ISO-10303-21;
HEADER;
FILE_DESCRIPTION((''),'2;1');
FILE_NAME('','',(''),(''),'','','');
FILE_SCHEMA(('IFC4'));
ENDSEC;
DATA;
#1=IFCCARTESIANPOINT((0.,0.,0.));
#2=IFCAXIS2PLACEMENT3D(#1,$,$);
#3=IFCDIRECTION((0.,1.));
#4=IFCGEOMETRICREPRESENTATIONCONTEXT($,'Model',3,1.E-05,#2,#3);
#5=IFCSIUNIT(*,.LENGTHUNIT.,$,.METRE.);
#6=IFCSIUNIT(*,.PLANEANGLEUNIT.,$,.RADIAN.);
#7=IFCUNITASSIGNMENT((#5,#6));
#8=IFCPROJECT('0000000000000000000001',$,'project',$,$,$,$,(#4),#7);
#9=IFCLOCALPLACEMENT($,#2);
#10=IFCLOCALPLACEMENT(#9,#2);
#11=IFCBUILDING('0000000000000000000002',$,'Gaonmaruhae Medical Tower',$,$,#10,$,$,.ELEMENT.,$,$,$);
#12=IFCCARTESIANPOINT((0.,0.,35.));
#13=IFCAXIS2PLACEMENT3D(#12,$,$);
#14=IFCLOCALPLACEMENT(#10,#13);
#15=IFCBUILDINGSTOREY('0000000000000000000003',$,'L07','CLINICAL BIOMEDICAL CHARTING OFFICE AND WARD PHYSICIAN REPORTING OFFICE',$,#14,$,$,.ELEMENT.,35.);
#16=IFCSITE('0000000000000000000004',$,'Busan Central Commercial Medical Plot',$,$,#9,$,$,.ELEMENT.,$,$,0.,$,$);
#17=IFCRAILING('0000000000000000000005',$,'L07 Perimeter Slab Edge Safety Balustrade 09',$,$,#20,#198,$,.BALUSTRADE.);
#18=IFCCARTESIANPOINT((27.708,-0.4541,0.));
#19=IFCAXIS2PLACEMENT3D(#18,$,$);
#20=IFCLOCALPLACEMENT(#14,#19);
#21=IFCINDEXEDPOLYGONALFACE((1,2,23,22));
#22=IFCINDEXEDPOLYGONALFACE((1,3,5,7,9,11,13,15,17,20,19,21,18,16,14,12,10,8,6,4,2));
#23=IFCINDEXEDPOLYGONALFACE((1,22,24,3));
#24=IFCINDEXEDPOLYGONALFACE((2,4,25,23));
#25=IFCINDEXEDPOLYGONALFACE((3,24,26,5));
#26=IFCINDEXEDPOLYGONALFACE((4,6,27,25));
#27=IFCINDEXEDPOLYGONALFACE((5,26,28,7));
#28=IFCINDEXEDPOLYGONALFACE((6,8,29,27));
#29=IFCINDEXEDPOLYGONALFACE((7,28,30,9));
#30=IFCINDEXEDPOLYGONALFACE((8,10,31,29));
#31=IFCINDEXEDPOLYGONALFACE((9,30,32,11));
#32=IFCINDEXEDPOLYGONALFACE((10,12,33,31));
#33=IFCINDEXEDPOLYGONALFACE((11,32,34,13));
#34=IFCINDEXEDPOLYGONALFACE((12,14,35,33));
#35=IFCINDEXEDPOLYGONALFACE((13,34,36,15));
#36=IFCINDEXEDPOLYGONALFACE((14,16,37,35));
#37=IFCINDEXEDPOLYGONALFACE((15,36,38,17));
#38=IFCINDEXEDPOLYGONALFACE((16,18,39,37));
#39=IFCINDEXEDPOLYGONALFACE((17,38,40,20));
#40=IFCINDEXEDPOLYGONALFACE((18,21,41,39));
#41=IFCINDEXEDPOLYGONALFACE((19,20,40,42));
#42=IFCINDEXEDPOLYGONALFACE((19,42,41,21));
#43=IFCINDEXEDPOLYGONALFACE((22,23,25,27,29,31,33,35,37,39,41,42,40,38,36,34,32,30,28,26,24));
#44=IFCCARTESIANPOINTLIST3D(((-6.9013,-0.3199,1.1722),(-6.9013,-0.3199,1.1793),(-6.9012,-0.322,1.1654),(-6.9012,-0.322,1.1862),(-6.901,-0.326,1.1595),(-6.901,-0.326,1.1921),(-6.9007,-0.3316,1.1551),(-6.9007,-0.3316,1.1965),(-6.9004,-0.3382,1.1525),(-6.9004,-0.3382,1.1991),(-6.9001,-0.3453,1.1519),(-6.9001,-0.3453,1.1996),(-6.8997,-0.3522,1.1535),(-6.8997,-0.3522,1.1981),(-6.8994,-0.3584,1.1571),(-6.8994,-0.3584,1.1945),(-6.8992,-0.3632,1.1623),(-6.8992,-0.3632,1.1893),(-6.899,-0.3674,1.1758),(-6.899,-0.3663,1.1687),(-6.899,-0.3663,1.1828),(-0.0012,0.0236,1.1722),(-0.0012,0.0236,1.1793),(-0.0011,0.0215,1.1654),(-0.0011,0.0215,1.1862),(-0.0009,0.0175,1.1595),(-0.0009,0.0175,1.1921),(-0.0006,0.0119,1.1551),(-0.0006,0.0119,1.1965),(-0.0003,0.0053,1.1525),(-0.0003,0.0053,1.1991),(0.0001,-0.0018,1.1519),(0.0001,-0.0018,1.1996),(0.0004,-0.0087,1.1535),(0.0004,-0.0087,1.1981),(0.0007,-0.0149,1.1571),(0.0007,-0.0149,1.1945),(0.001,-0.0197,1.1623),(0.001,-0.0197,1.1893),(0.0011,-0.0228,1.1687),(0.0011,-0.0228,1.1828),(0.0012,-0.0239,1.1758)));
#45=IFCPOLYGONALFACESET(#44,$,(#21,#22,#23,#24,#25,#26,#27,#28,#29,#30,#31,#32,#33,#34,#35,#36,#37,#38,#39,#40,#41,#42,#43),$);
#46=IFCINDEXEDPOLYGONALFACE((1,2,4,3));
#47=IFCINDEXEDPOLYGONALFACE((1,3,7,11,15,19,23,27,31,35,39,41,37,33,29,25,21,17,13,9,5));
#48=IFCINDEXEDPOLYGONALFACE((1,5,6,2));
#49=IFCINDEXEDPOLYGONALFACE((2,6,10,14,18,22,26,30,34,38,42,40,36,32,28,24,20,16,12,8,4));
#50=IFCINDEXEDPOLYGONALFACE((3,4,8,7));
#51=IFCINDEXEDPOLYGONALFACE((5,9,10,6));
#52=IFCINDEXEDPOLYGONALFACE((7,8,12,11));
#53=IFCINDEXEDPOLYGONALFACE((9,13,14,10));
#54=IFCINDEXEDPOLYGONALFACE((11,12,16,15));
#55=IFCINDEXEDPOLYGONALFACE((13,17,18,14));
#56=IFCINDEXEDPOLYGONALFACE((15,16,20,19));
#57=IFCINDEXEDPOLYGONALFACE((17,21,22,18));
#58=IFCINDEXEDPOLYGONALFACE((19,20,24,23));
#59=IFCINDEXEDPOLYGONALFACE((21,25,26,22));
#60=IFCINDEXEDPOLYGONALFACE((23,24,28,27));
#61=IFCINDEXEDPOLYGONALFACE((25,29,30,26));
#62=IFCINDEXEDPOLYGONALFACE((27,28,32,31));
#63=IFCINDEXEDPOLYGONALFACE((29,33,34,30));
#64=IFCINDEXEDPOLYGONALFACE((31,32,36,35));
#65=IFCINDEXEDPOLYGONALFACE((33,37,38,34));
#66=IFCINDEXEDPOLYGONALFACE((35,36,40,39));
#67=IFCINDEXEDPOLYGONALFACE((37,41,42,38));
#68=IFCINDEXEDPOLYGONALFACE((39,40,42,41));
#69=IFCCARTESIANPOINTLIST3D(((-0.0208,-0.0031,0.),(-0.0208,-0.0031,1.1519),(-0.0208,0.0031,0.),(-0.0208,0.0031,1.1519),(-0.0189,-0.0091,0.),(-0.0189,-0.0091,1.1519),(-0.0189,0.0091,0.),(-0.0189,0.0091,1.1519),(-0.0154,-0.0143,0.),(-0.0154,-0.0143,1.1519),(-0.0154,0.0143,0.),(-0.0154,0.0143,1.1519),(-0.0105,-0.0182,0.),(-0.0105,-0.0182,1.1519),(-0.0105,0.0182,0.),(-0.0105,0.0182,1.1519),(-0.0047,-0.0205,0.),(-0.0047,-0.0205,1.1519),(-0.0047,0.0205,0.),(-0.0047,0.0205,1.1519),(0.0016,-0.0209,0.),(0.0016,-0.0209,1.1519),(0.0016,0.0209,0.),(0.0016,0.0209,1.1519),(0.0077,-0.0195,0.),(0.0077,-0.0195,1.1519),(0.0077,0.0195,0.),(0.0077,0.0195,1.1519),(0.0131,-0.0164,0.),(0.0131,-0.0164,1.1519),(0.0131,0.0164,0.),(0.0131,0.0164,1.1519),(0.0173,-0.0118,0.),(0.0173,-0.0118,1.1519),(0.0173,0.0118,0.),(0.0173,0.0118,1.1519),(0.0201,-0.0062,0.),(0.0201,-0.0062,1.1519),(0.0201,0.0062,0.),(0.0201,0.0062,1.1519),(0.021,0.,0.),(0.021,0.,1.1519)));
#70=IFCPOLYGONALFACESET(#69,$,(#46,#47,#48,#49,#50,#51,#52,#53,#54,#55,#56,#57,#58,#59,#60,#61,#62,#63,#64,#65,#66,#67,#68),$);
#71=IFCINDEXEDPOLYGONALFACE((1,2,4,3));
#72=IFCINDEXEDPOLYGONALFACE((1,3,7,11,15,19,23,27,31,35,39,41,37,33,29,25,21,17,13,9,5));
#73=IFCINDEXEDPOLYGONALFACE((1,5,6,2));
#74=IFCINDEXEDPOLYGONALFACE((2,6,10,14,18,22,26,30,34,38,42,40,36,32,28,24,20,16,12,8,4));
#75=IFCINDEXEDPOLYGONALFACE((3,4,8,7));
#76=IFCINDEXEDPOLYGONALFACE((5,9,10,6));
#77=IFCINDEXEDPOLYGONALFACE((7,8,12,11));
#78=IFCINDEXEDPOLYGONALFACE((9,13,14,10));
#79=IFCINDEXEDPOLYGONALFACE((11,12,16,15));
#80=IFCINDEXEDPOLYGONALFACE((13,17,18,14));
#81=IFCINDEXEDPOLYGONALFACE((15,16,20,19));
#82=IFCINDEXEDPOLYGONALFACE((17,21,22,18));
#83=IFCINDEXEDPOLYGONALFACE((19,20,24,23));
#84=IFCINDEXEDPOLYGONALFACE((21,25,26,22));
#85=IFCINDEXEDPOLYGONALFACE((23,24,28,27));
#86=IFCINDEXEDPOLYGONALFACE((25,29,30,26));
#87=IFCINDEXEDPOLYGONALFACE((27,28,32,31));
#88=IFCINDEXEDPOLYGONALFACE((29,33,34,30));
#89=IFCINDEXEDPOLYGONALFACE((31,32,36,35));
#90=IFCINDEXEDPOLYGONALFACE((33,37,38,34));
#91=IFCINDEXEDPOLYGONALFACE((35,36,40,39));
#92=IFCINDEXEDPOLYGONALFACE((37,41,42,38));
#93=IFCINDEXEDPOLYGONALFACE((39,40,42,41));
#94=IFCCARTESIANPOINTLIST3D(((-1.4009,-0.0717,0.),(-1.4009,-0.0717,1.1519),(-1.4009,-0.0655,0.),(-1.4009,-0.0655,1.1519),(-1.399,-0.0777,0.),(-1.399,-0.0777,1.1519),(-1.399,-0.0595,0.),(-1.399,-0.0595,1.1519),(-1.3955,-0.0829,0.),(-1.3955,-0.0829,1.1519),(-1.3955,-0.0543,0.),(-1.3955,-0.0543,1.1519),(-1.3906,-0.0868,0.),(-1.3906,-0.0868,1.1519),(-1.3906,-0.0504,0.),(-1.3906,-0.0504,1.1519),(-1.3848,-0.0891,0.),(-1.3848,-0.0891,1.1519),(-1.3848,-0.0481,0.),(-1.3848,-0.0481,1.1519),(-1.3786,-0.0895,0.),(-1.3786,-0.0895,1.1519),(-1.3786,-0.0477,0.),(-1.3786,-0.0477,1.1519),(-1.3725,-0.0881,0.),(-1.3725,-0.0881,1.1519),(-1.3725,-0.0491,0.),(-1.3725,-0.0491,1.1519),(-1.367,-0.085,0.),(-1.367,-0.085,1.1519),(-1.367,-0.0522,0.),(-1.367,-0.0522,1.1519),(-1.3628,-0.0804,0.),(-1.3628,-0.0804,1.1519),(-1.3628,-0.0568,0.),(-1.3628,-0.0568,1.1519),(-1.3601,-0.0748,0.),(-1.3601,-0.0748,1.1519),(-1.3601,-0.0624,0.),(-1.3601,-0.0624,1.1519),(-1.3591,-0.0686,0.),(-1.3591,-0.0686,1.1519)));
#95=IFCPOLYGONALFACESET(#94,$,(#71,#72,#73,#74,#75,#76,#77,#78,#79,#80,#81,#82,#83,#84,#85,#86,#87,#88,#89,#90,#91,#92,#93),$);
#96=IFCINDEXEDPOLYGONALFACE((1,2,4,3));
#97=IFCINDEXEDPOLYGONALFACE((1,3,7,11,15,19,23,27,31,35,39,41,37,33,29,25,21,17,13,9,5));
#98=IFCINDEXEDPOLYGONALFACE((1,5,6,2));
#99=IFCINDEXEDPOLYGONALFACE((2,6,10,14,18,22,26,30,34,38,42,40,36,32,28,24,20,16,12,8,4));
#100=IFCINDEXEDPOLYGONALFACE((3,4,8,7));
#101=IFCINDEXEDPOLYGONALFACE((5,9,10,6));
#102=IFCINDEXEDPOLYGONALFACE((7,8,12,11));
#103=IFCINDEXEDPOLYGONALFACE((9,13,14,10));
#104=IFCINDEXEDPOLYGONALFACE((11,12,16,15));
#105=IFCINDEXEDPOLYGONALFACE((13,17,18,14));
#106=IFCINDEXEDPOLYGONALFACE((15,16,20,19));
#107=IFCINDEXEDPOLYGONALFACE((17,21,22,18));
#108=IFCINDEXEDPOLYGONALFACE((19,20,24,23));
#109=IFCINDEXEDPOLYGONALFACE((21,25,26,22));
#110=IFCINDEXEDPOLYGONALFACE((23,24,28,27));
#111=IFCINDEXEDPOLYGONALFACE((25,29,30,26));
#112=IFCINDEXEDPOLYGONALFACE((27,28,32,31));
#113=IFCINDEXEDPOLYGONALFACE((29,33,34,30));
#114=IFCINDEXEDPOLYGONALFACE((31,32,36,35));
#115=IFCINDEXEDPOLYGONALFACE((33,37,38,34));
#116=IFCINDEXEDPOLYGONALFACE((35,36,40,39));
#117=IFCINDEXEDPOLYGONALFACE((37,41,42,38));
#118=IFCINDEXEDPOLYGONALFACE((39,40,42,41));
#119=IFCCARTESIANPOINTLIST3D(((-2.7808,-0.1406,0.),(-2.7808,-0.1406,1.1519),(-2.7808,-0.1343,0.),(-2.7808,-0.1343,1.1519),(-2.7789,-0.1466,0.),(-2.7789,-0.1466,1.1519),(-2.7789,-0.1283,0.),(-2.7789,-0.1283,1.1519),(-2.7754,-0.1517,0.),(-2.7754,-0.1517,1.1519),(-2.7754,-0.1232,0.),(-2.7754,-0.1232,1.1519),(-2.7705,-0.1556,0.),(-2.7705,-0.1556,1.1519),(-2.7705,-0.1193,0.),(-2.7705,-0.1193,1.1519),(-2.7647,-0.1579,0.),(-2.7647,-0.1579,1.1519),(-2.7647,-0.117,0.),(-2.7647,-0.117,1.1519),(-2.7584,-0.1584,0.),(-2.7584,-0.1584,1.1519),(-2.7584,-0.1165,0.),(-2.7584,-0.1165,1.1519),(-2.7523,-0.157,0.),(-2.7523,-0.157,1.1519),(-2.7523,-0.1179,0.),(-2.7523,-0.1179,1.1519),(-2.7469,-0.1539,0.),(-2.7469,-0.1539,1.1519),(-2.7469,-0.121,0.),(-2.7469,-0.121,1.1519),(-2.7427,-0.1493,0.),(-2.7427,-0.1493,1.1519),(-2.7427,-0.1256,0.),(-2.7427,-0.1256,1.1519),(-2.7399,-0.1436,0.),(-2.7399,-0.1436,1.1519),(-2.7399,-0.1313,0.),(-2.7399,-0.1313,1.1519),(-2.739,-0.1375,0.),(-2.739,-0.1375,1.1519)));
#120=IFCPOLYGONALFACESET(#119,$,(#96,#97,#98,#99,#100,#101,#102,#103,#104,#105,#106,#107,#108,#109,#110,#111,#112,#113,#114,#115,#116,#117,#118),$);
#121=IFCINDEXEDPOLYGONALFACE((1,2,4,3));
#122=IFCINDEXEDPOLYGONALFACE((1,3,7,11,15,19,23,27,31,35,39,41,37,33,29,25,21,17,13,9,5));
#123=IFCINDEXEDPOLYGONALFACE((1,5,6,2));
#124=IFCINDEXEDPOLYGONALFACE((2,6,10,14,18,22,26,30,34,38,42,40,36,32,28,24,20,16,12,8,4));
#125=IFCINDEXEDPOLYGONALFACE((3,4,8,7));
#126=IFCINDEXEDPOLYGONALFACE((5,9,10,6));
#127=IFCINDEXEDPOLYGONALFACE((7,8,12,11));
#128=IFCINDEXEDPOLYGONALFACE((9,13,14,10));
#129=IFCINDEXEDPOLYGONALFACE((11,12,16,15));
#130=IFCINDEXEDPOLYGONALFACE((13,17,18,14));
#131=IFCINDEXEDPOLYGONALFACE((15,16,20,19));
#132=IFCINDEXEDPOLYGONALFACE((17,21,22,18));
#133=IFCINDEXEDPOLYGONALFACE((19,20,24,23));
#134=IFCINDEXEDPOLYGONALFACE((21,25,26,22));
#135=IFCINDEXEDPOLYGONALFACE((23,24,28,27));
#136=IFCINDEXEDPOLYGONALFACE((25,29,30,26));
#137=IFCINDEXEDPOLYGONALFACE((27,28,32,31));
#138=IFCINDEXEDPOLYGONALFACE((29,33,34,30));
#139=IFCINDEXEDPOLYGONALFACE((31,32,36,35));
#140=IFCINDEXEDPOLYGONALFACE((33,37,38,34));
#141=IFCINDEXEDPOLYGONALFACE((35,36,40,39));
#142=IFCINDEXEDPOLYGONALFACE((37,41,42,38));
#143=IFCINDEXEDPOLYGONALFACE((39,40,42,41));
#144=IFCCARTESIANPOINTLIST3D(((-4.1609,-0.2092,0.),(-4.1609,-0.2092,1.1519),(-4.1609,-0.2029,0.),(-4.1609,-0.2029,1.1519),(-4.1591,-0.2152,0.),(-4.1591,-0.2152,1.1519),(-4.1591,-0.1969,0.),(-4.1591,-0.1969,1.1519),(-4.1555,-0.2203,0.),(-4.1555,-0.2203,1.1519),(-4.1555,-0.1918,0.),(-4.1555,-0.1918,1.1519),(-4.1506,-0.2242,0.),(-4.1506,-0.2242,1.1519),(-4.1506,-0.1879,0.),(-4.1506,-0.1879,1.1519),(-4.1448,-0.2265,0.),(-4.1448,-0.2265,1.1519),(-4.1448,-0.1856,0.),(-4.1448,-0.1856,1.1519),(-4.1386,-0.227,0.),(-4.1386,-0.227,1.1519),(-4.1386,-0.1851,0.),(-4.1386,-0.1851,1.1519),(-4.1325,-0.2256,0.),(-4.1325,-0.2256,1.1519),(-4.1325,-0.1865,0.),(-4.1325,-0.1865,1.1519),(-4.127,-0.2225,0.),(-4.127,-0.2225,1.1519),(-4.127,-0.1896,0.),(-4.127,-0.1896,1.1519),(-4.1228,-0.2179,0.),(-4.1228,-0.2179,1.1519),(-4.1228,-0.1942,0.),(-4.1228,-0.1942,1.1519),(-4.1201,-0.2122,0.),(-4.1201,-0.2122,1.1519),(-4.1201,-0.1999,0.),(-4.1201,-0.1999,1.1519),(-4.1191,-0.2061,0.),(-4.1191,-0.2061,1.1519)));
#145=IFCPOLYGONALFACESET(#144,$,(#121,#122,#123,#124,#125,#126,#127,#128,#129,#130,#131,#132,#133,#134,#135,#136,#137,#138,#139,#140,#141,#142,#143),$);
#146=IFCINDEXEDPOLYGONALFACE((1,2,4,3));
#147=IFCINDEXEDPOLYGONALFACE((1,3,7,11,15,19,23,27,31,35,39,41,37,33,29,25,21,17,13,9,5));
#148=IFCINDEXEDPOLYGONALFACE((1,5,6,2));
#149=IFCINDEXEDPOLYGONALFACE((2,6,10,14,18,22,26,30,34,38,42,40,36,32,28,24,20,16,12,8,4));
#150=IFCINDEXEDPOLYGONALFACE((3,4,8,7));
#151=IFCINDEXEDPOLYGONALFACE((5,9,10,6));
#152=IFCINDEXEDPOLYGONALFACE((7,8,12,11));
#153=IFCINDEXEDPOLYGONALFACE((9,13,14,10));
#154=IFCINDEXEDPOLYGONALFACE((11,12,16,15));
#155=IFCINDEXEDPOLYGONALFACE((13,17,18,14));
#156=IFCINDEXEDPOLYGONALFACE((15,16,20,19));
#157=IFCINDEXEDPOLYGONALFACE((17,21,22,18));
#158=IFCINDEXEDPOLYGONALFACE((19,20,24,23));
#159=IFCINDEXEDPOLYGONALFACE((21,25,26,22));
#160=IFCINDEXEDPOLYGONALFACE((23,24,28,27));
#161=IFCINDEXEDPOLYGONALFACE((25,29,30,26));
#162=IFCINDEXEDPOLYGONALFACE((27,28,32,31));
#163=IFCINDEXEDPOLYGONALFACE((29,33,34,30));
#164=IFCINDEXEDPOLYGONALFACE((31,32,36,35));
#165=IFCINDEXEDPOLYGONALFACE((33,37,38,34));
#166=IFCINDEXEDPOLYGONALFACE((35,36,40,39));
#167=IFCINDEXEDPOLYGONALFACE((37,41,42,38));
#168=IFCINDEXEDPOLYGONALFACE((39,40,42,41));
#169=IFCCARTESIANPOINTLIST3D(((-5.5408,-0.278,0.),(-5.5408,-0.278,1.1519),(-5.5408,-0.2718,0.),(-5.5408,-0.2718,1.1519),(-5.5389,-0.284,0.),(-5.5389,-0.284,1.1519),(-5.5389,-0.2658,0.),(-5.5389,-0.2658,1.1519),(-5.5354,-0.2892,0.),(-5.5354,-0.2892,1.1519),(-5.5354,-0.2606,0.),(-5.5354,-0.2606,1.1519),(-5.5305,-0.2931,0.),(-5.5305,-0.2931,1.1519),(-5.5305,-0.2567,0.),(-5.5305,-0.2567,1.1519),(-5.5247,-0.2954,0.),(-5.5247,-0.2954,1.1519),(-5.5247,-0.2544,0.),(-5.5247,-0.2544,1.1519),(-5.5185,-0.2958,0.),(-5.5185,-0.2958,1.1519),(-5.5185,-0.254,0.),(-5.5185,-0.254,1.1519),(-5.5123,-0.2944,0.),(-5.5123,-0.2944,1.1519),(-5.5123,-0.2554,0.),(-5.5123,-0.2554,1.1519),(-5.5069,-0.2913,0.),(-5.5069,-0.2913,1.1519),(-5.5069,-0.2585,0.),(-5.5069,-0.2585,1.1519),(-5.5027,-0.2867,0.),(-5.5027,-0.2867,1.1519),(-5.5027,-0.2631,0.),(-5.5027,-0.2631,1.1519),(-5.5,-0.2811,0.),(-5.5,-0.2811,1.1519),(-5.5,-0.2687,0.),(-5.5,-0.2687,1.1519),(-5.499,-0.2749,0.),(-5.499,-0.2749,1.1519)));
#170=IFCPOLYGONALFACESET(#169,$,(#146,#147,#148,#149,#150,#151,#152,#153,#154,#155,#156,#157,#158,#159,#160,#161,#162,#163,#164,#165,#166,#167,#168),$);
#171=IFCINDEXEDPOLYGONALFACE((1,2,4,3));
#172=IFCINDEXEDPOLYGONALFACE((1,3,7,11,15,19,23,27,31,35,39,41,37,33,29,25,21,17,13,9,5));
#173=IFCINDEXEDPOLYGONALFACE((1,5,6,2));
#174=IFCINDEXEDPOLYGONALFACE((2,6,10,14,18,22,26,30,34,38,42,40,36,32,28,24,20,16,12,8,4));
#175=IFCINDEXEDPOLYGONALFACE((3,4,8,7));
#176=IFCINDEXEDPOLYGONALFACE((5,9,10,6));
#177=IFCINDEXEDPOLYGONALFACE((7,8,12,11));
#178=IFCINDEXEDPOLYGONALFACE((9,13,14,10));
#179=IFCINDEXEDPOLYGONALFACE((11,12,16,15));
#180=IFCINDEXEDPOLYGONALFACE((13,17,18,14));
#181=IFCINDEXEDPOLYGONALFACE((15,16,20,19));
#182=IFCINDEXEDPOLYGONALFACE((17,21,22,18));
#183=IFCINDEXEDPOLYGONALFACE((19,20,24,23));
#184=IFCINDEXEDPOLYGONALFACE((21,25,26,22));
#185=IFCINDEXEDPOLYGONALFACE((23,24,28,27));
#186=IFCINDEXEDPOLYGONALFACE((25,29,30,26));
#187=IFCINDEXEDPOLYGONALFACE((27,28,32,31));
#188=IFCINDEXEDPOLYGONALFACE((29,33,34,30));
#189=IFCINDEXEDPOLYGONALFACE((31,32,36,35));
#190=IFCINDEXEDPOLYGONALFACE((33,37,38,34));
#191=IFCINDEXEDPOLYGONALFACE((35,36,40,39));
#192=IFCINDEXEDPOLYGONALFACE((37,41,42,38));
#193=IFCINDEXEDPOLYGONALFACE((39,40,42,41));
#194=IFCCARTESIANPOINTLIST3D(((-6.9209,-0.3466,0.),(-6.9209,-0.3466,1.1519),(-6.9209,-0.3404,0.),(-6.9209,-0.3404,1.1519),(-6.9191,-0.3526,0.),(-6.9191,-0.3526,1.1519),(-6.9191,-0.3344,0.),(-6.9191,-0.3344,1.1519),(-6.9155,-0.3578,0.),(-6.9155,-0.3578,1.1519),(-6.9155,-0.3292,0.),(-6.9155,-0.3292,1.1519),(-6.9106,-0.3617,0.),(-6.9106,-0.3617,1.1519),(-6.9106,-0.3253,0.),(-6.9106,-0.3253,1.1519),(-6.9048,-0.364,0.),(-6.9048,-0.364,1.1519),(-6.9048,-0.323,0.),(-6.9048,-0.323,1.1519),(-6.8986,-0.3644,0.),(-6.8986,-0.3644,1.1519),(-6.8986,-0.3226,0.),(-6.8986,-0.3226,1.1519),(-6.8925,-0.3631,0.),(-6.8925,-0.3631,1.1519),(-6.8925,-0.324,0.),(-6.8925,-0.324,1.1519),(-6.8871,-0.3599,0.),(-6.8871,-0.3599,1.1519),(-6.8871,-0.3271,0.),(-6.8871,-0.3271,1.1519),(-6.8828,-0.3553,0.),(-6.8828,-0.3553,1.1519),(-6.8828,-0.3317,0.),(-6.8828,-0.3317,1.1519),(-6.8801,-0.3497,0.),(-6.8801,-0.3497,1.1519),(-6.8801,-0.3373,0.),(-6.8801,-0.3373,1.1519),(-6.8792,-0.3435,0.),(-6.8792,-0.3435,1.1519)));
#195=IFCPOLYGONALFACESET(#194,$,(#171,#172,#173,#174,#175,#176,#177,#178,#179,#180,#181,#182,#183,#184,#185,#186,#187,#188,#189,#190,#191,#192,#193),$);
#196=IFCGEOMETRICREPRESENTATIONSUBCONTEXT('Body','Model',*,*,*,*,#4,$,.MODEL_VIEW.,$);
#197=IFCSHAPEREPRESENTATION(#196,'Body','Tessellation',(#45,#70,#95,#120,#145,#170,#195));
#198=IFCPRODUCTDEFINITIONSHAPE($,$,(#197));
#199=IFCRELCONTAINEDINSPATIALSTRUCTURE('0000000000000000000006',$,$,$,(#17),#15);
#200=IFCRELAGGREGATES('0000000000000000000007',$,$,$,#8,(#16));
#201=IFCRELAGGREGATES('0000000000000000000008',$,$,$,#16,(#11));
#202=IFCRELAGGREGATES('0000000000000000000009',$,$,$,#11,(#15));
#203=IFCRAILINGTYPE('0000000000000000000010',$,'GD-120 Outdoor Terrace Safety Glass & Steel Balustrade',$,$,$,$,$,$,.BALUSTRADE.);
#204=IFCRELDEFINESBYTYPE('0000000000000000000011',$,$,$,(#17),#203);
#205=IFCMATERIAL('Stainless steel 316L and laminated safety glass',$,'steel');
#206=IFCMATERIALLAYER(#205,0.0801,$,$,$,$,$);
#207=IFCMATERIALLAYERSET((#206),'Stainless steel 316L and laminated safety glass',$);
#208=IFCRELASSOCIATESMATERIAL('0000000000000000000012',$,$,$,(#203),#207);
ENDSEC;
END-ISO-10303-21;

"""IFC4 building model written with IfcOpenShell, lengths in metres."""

from ifc_helpers import new_model, si_unit, direction, frame, origin, origin_2d, place, context, subcontext, project, spatial, circle, extrude, material, layer, layer_set, type_object, element, save


model = new_model("IFC4")

# Units and contexts
model_context = context("Model", 3, precision=1e-05, world=origin(), true_north=direction((0.0, 1.0)))
body_context = subcontext(model_context, "Body", "Model", "MODEL_VIEW")
ifc_project = project(units=[si_unit("LENGTHUNIT", "METRE"), si_unit("PLANEANGLEUNIT", "RADIAN")], contexts=[model_context])

# Site, building, storey
site_placement = place(None, origin())
site = spatial("IfcSite", under=ifc_project, at=site_placement, Name="Busan Central Commercial Medical Plot", CompositionType="ELEMENT", RefElevation=0.0)
building_placement = place(site_placement, origin())
building = spatial("IfcBuilding", under=site, at=building_placement, Name="Gaonmaruhae Medical Tower", CompositionType="ELEMENT")
storey_placement = place(building_placement, frame((0.0, 0.0, 35.0)))
storey = spatial("IfcBuildingStorey", under=building, at=storey_placement, Name="L07", Description="CLINICAL BIOMEDICAL CHARTING OFFICE AND WARD PHYSICIAN REPORTING OFFICE", CompositionType="ELEMENT", Elevation=35.0)

# Railing
ifc_material_1 = material(Name="Stainless steel 316L and laminated safety glass", Category="steel")
ifc_layer_1 = layer(ifc_material_1, 0.0801)
ifc_layer_set_1 = layer_set([ifc_layer_1], Name="Stainless steel 316L and laminated safety glass")
railing_type = type_object("IfcRailingType", Name="GD-120 Outdoor Terrace Safety Glass & Steel Balustrade", PredefinedType="BALUSTRADE", material=ifc_layer_set_1)
railing_1_placement = place(storey_placement, frame((27.708, -0.4541, 0.0)))
element("IfcRailing", 1, at=railing_1_placement, inside=storey, type_object=railing_type, Name="L07 Perimeter Slab Edge Safety Balustrade 09", PredefinedType="BALUSTRADE", context=body_context, shape_type="SweptSolid", body=[
    extrude(circle(Radius=0.0239, at=origin_2d()), frame((0.0, 0.0, 1.1758), z_axis=(-0.998763, -0.049721, 0.0), x_axis=(0.049721, -0.998763, 0.0)), (0.0, 0.0, 1.0), 6.9087),
    extrude(circle(Radius=0.021, at=origin_2d()), origin(), (0.0, 0.0, 1.0), 1.1519),
    extrude(circle(Radius=0.021, at=origin_2d()), frame((-1.3801, -0.0686, 0.0)), (0.0, 0.0, 1.0), 1.1519),
    extrude(circle(Radius=0.021, at=origin_2d()), frame((-2.76, -0.1375, 0.0)), (0.0, 0.0, 1.0), 1.1519),
    extrude(circle(Radius=0.021, at=origin_2d()), frame((-4.1401, -0.2061, 0.0)), (0.0, 0.0, 1.0), 1.1519),
    extrude(circle(Radius=0.021, at=origin_2d()), frame((-5.52, -0.2749, 0.0)), (0.0, 0.0, 1.0), 1.1519),
    extrude(circle(Radius=0.021, at=origin_2d()), frame((-6.9001, -0.3435, 0.0)), (0.0, 0.0, 1.0), 1.1519),
])

save(model, "model.ifc")
